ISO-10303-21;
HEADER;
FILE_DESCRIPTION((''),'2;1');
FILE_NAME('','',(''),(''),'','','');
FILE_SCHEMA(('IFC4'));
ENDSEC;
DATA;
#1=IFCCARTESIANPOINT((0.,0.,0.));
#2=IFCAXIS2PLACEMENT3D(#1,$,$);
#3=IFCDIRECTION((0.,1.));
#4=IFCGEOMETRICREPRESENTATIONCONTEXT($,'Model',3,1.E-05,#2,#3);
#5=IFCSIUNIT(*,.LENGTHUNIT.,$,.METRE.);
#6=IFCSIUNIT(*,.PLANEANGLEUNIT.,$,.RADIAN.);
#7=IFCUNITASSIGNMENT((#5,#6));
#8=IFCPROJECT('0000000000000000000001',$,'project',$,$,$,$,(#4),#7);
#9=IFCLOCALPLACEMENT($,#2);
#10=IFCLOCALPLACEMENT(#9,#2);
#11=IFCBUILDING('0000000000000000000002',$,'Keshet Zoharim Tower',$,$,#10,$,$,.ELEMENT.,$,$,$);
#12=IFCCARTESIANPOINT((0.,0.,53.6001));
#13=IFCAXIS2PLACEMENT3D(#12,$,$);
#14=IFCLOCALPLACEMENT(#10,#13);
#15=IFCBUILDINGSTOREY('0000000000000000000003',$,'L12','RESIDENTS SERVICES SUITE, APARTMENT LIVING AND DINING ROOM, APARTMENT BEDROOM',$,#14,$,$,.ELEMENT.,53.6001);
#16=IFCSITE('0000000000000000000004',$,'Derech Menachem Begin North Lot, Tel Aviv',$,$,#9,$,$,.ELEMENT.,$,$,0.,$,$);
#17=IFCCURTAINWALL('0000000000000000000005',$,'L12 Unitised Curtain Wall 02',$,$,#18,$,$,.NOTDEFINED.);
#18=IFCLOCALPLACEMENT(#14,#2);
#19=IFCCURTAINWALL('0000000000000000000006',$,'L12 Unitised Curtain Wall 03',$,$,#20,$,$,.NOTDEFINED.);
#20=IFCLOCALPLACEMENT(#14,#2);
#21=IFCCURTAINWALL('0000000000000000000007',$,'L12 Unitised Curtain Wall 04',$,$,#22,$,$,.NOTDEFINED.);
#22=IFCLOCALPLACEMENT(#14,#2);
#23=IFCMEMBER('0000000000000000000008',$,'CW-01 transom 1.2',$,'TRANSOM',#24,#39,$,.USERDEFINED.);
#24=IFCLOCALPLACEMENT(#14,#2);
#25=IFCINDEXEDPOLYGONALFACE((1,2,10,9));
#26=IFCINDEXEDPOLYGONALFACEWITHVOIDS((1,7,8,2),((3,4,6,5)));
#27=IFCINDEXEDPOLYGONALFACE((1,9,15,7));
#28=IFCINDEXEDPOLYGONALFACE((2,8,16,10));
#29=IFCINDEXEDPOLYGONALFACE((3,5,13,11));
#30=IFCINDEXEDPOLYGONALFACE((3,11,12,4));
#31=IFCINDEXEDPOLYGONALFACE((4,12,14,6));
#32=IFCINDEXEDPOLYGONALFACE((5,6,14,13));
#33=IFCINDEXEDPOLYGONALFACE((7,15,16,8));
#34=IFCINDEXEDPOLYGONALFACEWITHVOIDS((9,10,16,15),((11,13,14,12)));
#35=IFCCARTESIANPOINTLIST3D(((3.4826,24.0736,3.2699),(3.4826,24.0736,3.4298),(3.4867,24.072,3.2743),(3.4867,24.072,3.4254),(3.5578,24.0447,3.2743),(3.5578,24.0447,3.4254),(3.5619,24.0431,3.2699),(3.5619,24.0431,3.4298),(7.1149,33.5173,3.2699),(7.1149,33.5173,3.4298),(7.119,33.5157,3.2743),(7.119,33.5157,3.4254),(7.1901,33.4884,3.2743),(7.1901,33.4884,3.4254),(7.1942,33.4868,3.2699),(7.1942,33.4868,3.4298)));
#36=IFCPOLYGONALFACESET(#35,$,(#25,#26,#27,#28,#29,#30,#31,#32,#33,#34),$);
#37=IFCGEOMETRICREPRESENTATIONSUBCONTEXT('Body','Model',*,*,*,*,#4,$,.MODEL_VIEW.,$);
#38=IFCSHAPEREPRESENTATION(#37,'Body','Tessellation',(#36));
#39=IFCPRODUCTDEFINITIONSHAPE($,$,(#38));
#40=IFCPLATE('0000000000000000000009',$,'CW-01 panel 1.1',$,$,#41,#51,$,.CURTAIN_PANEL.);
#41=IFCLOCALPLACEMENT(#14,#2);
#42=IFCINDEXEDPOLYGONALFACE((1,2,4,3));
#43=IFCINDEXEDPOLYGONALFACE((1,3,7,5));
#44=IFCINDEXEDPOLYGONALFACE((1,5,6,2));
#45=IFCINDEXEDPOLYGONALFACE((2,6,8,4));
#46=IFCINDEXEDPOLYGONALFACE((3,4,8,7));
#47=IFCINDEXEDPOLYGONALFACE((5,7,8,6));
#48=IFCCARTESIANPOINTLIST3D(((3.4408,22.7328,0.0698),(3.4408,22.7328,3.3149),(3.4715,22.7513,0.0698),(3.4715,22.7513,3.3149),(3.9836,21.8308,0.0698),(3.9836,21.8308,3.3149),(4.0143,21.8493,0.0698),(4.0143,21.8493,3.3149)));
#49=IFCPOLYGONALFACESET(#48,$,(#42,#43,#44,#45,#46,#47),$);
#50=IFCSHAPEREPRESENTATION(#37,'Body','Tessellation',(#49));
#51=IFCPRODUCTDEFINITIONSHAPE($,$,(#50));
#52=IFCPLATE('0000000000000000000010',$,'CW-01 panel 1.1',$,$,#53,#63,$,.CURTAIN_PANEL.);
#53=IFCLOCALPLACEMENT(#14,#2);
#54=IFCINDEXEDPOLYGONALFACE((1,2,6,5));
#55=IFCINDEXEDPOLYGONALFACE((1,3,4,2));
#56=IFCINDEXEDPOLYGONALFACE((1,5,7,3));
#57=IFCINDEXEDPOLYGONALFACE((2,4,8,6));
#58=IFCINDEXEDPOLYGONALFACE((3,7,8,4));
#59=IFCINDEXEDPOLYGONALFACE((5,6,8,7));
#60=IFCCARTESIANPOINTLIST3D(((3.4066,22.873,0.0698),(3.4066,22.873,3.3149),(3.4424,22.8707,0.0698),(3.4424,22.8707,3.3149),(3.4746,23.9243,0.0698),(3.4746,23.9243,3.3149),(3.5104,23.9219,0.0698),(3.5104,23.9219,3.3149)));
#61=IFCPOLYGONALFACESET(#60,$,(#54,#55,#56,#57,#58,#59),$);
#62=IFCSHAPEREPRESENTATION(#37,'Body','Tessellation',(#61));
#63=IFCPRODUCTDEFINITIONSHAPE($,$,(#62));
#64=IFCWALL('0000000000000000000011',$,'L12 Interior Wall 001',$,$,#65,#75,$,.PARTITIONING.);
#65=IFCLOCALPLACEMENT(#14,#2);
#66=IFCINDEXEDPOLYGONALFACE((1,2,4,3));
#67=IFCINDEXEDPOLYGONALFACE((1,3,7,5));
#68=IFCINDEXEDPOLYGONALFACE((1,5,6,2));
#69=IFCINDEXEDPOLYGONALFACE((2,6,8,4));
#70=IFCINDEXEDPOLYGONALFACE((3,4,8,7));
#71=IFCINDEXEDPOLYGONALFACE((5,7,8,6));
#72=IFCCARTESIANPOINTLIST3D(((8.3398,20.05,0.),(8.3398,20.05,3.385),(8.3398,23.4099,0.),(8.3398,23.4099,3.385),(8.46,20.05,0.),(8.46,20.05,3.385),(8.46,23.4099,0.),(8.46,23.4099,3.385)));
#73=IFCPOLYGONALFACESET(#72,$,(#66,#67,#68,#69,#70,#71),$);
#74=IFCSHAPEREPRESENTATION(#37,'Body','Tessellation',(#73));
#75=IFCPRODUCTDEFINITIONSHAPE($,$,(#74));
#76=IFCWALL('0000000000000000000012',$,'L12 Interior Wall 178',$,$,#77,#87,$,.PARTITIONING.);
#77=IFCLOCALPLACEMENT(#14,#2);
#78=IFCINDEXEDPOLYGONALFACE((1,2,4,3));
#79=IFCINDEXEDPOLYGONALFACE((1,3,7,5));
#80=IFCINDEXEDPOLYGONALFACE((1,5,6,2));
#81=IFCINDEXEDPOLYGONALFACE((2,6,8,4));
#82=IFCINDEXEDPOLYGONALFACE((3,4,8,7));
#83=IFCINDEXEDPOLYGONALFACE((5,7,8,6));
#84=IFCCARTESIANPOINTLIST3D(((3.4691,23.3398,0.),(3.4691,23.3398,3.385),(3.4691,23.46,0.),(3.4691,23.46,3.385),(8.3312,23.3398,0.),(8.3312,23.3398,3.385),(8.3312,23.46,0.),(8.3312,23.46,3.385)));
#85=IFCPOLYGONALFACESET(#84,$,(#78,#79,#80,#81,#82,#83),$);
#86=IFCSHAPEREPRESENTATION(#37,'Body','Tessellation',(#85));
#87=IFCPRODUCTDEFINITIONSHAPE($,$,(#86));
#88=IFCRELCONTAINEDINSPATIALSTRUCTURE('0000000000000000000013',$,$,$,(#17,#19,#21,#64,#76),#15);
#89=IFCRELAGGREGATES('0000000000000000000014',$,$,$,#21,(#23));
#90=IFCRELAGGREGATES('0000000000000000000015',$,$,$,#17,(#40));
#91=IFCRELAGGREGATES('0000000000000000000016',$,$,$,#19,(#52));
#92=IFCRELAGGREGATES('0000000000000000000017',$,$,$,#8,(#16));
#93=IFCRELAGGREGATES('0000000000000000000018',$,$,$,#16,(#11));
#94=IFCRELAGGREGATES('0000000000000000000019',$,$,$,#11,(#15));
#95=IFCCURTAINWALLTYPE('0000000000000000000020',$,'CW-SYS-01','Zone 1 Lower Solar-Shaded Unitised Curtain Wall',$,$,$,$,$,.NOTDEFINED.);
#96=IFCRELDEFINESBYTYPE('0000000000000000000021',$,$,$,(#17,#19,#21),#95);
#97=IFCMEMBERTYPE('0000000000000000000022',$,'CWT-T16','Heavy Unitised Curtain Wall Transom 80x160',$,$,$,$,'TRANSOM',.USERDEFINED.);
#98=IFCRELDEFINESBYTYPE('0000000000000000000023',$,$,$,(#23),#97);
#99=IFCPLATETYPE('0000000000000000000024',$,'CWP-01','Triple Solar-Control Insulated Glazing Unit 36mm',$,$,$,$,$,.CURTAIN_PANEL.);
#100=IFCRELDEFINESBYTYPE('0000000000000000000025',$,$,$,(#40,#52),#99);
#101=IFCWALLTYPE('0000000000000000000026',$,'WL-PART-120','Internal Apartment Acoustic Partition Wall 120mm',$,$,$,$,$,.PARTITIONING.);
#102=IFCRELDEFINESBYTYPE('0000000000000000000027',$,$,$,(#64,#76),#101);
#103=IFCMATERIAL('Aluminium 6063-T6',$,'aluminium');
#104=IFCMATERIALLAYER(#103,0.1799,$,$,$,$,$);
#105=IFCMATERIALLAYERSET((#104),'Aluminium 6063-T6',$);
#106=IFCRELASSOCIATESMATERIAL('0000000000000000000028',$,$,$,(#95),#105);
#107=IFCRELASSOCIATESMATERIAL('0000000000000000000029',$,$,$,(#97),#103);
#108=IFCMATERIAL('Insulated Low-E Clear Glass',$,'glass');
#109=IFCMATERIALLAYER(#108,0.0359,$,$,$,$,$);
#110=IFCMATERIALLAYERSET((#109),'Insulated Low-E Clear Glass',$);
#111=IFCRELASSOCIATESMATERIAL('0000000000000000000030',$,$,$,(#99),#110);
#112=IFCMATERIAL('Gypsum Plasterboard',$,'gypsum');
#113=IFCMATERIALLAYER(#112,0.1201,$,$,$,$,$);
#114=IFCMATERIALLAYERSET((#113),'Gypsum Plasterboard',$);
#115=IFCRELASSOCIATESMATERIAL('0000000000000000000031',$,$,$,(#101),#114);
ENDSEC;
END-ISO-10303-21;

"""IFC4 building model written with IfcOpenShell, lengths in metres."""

from ifc_helpers import new_model, si_unit, direction, frame, frame_2d, origin, origin_2d, place, context, subcontext, project, spatial, rectangle, hollow_rectangle, extrude, material, layer, layer_set, material_profile, profile_set, type_object, element, aggregate, save


model = new_model("IFC4")

# Units and contexts
model_context = context("Model", 3, precision=1e-05, world=origin(), true_north=direction((0.0, 1.0)))
body_context = subcontext(model_context, "Body", "Model", "MODEL_VIEW")
ifc_project = project(units=[si_unit("LENGTHUNIT", "METRE"), si_unit("PLANEANGLEUNIT", "RADIAN")], contexts=[model_context])

# Site, building, storey
site_placement = place(None, origin())
site = spatial("IfcSite", under=ifc_project, at=site_placement, Name="Derech Menachem Begin North Lot, Tel Aviv", CompositionType="ELEMENT", RefElevation=0.0)
building_placement = place(site_placement, origin())
building = spatial("IfcBuilding", under=site, at=building_placement, Name="Keshet Zoharim Tower", CompositionType="ELEMENT")
storey_placement = place(building_placement, frame((0.0, 0.0, 53.6001)))
storey = spatial("IfcBuildingStorey", under=building, at=storey_placement, Name="L12", Description="RESIDENTS SERVICES SUITE, APARTMENT LIVING AND DINING ROOM, APARTMENT BEDROOM", CompositionType="ELEMENT", Elevation=53.6001)

# Shared definitions
ifc_material_1 = material(Name="Aluminium 6063-T6", Category="aluminium")
ifc_layer_1 = layer(ifc_material_1, 0.1799)
ifc_layer_set_1 = layer_set([ifc_layer_1], Name="Aluminium 6063-T6")
curtain_wall_type = type_object("IfcCurtainWallType", Name="CW-SYS-01", Description="Zone 1 Lower Solar-Shaded Unitised Curtain Wall", PredefinedType="NOTDEFINED", material=ifc_layer_set_1)

# Curtain walls
curtain_wall_1_placement = place(storey_placement, origin())
curtain_wall_1 = element("IfcCurtainWall", 1, at=curtain_wall_1_placement, inside=storey, type_object=curtain_wall_type, Name="L12 Unitised Curtain Wall 02", PredefinedType="NOTDEFINED")
curtain_wall_2_placement = place(storey_placement, origin())
curtain_wall_2 = element("IfcCurtainWall", 2, at=curtain_wall_2_placement, inside=storey, type_object=curtain_wall_type, Name="L12 Unitised Curtain Wall 03", PredefinedType="NOTDEFINED")

# Curtain wall
curtain_wall_3_placement = place(storey_placement, origin())
curtain_wall_3 = element("IfcCurtainWall", 3, at=curtain_wall_3_placement, inside=storey, type_object=curtain_wall_type, Name="L12 Unitised Curtain Wall 04", PredefinedType="NOTDEFINED")

# Member
ifc_material_profile_1 = material_profile(ifc_material_1, hollow_rectangle(XDim=0.085, YDim=0.1599, WallThickness=0.0044, at=origin_2d()), Name="TRN-85x160")
ifc_profile_set_1 = profile_set([ifc_material_profile_1], Name="Aluminium 6063-T6")
member_type_1 = type_object("IfcMemberType", Name="CWT-T16", Description="Heavy Unitised Curtain Wall Transom 80x160", ElementType="TRANSOM", PredefinedType="USERDEFINED", material=ifc_profile_set_1)
member_1_placement = place(storey_placement, frame((3.5222, 24.0583, 3.3499), z_axis=(0.358994, 0.93334, 0.0), x_axis=(-0.93334, 0.358994, 0.0)))
member_1 = element("IfcMember", 4, at=member_1_placement, type_object=member_type_1, Name="CW-01 transom 1.2", ObjectType="TRANSOM", PredefinedType="USERDEFINED", context=body_context, shape_type="SweptSolid", body=[
    extrude(hollow_rectangle(XDim=0.085, YDim=0.1599, WallThickness=0.0044, at=origin_2d()), origin(), (0.0, 0.0, 1.0), 10.1182),
])
aggregate(curtain_wall_3, [member_1])

# Plates
ifc_material_2 = material(Name="Insulated Low-E Clear Glass", Category="glass")
ifc_layer_2 = layer(ifc_material_2, 0.0359)
ifc_layer_set_2 = layer_set([ifc_layer_2], Name="Insulated Low-E Clear Glass")
plate_type = type_object("IfcPlateType", Name="CWP-01", Description="Triple Solar-Control Insulated Glazing Unit 36mm", PredefinedType="CURTAIN_PANEL", material=ifc_layer_set_2)
plate_1_placement = place(storey_placement, frame((3.7275, 22.291, 0.0698), z_axis=(0.0, 0.0, 1.0), x_axis=(-0.515605, 0.856826, 0.0)))
plate_1 = element("IfcPlate", 5, at=plate_1_placement, type_object=plate_type, Name="CW-01 panel 1.1", PredefinedType="CURTAIN_PANEL", context=body_context, shape_type="SweptSolid", body=[
    extrude(rectangle(XDim=1.0527, YDim=0.0359, at=origin_2d()), origin(), (0.0, 0.0, 1.0), 3.2451),
])
aggregate(curtain_wall_1, [plate_1])
plate_2_placement = place(storey_placement, frame((3.4585, 23.3975, 0.0698), z_axis=(0.0, 0.0, 1.0), x_axis=(0.064517, 0.997917, 0.0)))
plate_2 = element("IfcPlate", 6, at=plate_2_placement, type_object=plate_type, Name="CW-01 panel 1.1", PredefinedType="CURTAIN_PANEL", context=body_context, shape_type="SweptSolid", body=[
    extrude(rectangle(XDim=1.0535, YDim=0.0359, at=origin_2d()), origin(), (0.0, 0.0, 1.0), 3.2451),
])
aggregate(curtain_wall_2, [plate_2])

# Wall
ifc_material_3 = material(Name="Gypsum Plasterboard", Category="gypsum")
ifc_layer_3 = layer(ifc_material_3, 0.1201)
ifc_layer_set_3 = layer_set([ifc_layer_3], Name="Gypsum Plasterboard")
wall_type = type_object("IfcWallType", Name="WL-PART-120", Description="Internal Apartment Acoustic Partition Wall 120mm", PredefinedType="PARTITIONING", material=ifc_layer_set_3)
wall_1_placement = place(storey_placement, frame((8.3999, 20.05, 0.0), z_axis=(0.0, 0.0, 1.0), x_axis=(0.0, 1.0, 0.0)))
element("IfcWall", 7, at=wall_1_placement, inside=storey, type_object=wall_type, Name="L12 Interior Wall 001", PredefinedType="PARTITIONING", context=body_context, shape_type="SweptSolid", body=[
    extrude(rectangle(XDim=3.3599, YDim=0.1201, at=frame_2d((1.6799, 0.0))), origin(), (0.0, 0.0, 1.0), 3.385),
])

# Wall
wall_2_placement = place(storey_placement, frame((3.469, 23.3999, 0.0), z_axis=(0.0, 0.0, 1.0), x_axis=(1.0, 0.0, 0.0)))
element("IfcWall", 8, at=wall_2_placement, inside=storey, type_object=wall_type, Name="L12 Interior Wall 178", PredefinedType="PARTITIONING", context=body_context, shape_type="SweptSolid", body=[
    extrude(rectangle(XDim=4.8621, YDim=0.1201, at=frame_2d((2.4312, 0.0))), origin(), (0.0, 0.0, 1.0), 3.385),
])

save(model, "model.ifc")
